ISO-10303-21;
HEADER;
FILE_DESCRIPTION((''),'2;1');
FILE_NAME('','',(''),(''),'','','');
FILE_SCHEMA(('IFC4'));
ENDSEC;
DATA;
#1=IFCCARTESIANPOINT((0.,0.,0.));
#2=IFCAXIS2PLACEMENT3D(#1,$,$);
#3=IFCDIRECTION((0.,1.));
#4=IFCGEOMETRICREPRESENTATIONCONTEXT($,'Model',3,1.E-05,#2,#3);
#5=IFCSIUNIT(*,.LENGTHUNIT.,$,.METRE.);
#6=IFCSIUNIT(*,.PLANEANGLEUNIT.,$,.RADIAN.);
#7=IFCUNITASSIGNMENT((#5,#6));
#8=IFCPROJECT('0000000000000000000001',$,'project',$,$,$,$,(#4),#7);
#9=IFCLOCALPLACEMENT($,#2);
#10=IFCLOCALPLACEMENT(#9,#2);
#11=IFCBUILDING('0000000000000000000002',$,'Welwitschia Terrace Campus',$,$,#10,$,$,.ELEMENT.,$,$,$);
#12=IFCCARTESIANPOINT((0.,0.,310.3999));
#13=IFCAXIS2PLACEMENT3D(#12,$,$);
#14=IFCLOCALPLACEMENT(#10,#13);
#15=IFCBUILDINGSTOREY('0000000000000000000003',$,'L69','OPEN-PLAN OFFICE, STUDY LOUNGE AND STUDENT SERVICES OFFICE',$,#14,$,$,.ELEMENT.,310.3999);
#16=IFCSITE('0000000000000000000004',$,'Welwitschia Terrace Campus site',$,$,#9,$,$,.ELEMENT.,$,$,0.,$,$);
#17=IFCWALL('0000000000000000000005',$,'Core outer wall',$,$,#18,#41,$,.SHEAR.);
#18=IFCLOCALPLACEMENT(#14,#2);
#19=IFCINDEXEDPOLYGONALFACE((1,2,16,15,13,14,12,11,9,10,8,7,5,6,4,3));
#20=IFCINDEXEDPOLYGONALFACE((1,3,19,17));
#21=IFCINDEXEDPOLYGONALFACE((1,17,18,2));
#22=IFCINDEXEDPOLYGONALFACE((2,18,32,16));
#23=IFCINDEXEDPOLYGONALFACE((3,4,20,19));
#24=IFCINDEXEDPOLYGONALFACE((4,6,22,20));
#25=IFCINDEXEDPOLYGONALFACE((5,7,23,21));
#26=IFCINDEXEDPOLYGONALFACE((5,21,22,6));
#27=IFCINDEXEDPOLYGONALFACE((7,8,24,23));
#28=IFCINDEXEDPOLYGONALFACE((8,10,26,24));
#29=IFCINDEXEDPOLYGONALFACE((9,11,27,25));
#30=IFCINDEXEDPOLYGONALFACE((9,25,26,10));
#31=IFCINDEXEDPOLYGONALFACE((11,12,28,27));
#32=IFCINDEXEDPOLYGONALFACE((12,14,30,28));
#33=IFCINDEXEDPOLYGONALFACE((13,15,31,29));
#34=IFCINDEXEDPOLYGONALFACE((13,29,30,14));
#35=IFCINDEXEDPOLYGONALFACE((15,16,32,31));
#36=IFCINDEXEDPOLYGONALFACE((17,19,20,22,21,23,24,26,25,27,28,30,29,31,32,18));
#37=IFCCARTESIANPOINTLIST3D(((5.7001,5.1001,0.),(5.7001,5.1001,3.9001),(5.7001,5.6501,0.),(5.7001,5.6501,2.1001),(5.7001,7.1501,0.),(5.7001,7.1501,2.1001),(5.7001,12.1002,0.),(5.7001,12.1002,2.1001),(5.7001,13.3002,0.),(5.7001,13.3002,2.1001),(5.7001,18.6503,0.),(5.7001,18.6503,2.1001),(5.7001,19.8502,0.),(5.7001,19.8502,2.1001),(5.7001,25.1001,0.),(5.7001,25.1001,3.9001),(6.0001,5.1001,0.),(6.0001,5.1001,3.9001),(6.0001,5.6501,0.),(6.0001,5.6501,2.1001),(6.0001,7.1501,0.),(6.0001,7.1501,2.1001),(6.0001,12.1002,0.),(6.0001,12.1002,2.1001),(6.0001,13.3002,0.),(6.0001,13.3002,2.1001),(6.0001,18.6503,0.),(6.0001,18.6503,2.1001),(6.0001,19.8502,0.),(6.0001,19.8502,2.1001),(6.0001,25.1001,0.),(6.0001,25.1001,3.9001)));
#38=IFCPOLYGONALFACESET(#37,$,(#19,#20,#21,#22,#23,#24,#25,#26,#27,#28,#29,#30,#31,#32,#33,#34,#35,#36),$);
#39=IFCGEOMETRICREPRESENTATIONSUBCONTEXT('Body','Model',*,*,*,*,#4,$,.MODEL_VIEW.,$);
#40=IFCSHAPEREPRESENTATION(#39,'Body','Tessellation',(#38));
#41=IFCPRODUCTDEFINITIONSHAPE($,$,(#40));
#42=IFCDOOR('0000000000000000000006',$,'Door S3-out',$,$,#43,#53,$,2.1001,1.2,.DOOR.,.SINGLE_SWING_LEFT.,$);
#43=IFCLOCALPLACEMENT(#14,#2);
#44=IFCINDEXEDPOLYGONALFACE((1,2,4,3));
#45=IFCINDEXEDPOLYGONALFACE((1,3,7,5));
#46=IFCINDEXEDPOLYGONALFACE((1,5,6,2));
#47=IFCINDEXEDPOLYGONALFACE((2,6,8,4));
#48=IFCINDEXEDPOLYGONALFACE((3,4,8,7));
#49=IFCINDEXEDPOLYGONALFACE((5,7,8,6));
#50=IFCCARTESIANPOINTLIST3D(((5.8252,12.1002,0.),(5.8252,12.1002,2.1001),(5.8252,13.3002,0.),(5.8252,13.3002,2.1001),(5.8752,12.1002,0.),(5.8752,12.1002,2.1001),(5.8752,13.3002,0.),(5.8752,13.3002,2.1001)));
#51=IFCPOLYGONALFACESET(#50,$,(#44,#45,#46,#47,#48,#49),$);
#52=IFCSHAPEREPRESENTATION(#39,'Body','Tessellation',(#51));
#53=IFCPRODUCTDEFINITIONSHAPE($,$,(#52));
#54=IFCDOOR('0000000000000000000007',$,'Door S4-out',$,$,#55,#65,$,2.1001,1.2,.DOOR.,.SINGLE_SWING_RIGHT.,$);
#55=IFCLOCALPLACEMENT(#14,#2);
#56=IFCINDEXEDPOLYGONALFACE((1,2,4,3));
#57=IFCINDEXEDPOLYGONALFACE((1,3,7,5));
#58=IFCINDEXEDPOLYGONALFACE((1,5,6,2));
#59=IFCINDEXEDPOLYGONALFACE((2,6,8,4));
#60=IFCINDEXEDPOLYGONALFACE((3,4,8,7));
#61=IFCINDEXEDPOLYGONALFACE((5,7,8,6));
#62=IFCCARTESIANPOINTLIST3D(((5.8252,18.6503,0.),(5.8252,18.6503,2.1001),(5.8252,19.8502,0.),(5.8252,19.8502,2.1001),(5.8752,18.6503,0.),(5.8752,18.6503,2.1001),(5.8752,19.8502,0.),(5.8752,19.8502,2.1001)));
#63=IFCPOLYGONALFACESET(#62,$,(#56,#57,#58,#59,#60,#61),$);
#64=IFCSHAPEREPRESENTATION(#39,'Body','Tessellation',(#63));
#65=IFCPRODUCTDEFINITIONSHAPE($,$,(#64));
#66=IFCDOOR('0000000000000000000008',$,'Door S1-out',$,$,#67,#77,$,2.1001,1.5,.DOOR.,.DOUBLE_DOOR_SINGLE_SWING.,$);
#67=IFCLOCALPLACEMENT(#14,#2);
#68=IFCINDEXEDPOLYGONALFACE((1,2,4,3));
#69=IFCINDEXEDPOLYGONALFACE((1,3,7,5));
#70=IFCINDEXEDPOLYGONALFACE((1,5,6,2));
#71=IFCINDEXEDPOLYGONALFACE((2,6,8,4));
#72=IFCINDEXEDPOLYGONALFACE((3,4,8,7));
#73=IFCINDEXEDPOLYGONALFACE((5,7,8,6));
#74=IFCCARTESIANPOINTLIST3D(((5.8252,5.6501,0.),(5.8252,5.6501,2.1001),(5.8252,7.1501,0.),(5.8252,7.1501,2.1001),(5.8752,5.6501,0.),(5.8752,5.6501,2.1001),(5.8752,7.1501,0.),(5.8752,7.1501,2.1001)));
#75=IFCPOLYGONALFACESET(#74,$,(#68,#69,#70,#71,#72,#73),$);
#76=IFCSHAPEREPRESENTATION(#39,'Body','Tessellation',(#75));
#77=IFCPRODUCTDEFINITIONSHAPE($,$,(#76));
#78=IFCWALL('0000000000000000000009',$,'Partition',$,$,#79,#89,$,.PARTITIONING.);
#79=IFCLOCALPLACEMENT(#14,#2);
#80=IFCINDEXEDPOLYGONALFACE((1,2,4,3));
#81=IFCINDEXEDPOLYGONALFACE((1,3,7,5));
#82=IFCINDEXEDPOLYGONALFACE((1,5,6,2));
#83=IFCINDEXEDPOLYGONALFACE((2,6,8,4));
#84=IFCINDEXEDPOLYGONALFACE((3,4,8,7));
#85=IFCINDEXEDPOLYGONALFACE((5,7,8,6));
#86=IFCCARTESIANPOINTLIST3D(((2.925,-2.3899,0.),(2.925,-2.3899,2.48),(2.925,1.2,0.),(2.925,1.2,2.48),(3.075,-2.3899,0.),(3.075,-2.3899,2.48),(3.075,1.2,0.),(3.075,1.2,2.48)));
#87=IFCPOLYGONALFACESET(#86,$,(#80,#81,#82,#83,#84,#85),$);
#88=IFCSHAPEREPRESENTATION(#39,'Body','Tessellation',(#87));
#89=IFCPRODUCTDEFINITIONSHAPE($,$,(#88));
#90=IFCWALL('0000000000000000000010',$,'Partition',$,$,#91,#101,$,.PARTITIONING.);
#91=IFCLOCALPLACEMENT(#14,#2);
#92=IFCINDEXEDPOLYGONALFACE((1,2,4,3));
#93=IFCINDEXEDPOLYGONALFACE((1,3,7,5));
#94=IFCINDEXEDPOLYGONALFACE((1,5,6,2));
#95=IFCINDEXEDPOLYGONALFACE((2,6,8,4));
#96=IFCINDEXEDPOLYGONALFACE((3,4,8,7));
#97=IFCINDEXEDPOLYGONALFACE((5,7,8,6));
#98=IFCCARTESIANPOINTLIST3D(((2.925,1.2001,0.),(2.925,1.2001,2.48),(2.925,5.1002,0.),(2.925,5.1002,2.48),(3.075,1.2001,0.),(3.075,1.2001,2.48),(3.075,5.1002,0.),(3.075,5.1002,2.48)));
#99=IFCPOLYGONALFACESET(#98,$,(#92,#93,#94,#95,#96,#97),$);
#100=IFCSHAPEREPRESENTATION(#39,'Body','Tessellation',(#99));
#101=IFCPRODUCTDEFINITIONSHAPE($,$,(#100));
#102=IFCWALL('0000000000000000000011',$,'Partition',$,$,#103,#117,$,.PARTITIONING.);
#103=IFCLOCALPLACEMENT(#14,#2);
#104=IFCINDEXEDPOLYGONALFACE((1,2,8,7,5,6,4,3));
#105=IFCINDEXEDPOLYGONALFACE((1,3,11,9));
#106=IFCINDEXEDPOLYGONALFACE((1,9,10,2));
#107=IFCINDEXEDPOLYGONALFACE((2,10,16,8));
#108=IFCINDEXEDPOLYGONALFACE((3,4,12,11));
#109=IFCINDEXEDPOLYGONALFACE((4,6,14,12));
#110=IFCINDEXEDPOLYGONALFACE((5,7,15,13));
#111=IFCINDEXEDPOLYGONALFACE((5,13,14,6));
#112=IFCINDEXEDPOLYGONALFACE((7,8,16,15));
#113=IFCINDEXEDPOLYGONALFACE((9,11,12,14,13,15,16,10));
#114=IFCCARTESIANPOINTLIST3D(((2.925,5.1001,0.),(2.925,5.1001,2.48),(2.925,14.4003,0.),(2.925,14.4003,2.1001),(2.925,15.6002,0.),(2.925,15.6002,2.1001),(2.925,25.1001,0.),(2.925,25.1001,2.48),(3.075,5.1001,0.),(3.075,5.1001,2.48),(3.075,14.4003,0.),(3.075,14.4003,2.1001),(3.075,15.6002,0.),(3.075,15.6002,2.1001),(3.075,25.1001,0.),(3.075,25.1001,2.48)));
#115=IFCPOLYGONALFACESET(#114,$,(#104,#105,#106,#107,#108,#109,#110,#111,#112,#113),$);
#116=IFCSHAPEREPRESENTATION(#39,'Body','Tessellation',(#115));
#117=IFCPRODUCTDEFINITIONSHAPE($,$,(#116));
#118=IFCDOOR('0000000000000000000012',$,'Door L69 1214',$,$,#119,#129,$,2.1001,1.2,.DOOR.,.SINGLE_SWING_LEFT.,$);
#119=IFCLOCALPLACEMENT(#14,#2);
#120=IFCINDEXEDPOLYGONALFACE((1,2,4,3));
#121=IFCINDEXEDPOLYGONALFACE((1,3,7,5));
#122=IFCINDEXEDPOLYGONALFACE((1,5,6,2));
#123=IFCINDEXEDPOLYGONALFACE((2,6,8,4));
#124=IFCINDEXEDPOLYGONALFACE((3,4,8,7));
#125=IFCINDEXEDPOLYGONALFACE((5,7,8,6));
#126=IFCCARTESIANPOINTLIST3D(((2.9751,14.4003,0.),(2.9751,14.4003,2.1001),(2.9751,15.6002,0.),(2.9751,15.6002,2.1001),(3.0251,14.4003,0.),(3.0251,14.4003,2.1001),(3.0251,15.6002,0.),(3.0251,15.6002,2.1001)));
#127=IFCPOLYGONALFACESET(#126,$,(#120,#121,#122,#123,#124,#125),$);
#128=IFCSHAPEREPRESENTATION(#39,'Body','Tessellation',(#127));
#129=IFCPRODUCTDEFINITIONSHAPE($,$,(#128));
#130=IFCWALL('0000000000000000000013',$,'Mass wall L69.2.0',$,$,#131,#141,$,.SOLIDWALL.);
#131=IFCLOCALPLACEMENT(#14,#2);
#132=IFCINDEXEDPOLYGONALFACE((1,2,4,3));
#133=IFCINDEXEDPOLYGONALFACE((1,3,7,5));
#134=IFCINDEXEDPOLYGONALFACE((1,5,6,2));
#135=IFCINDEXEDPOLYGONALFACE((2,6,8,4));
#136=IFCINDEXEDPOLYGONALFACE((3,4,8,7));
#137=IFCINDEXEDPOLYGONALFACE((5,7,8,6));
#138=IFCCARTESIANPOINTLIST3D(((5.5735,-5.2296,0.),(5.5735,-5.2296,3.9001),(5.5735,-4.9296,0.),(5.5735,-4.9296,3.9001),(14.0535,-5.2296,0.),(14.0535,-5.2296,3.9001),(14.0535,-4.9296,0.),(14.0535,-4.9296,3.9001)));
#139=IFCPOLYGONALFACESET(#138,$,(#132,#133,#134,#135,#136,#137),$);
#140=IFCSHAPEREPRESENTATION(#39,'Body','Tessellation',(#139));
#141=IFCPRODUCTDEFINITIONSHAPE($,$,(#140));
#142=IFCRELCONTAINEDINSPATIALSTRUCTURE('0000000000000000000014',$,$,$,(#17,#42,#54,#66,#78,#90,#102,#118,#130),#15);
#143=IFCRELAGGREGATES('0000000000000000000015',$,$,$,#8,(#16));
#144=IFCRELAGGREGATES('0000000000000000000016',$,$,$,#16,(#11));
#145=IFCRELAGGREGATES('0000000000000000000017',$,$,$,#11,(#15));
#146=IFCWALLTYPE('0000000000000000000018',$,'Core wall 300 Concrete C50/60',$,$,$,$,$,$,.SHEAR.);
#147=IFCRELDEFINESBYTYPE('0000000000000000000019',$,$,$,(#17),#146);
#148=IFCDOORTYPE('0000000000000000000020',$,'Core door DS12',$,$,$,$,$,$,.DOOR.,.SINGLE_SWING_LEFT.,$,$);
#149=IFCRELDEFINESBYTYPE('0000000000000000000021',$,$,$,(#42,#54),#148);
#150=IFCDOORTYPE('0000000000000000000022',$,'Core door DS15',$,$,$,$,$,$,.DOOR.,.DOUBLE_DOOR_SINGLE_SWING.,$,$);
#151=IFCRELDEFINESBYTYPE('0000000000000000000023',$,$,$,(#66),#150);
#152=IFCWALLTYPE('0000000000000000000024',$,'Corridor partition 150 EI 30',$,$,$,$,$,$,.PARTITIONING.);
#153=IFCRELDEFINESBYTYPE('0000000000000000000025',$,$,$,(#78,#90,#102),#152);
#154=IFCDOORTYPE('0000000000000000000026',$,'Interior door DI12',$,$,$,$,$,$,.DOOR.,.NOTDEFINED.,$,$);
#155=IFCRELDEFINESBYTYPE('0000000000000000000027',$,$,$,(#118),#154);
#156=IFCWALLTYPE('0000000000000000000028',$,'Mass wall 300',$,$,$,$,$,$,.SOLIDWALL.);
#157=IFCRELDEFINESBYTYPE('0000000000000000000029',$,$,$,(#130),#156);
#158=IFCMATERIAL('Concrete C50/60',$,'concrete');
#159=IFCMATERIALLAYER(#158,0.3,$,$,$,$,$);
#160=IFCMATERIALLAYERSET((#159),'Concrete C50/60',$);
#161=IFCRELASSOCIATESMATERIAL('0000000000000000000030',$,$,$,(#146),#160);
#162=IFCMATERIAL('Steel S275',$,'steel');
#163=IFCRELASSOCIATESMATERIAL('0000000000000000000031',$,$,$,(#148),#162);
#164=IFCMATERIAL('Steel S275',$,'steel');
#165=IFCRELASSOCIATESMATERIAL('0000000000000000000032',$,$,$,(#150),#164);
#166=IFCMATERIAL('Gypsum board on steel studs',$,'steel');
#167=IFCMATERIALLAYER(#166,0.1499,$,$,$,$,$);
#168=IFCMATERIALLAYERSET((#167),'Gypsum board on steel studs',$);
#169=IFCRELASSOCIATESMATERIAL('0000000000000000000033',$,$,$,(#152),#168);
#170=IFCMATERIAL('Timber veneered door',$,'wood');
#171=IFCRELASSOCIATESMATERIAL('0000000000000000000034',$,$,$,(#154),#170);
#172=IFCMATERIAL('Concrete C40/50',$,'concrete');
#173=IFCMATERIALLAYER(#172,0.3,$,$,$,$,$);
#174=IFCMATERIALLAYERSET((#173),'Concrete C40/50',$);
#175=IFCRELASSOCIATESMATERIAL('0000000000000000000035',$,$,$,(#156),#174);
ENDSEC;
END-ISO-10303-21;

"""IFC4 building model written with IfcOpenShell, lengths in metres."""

from ifc_helpers import new_model, si_unit, direction, frame, frame_2d, origin, place, context, subcontext, project, spatial, rectangle, extrude, material, layer, layer_set, type_object, element, fill, save


model = new_model("IFC4")

# Units and contexts
model_context = context("Model", 3, precision=1e-05, world=origin(), true_north=direction((0.0, 1.0)))
body_context = subcontext(model_context, "Body", "Model", "MODEL_VIEW")
ifc_project = project(units=[si_unit("LENGTHUNIT", "METRE"), si_unit("PLANEANGLEUNIT", "RADIAN")], contexts=[model_context])

# Site, building, storey
site_placement = place(None, origin())
site = spatial("IfcSite", under=ifc_project, at=site_placement, Name="Welwitschia Terrace Campus site", CompositionType="ELEMENT", RefElevation=0.0)
building_placement = place(site_placement, origin())
building = spatial("IfcBuilding", under=site, at=building_placement, Name="Welwitschia Terrace Campus", CompositionType="ELEMENT")
storey_placement = place(building_placement, frame((0.0, 0.0, 310.3999)))
storey = spatial("IfcBuildingStorey", under=building, at=storey_placement, Name="L69", Description="OPEN-PLAN OFFICE, STUDY LOUNGE AND STUDENT SERVICES OFFICE", CompositionType="ELEMENT", Elevation=310.3999)

# Wall, openings, doors
ifc_material_1 = material(Name="Concrete C50/60", Category="concrete")
ifc_layer_1 = layer(ifc_material_1, 0.3)
ifc_layer_set_1 = layer_set([ifc_layer_1], Name="Concrete C50/60")
wall_type_1 = type_object("IfcWallType", Name="Core wall 300 Concrete C50/60", PredefinedType="SHEAR", material=ifc_layer_set_1)
wall_1_placement = place(storey_placement, frame((5.8501, 5.1001, 0.0), z_axis=(0.0, 0.0, 1.0), x_axis=(0.0, 1.0, 0.0)))
wall_1 = element("IfcWall", 1, at=wall_1_placement, inside=storey, type_object=wall_type_1, Name="Core outer wall", PredefinedType="SHEAR", context=body_context, shape_type="SweptSolid", body=[
    extrude(rectangle(XDim=20.0, YDim=0.3, at=frame_2d((10.0, 0.0))), origin(), (0.0, 0.0, 1.0), 3.9001),
])
opening_1_placement = place(wall_1_placement, frame((0.55, 0.0, 0.0)))
opening_1 = element("IfcOpeningElement", 2, at=opening_1_placement, cuts=wall_1, PredefinedType="OPENING", context=body_context, shape_type="SweptSolid", body=[
    extrude(rectangle(XDim=1.5, YDim=2.1001, at=frame_2d((0.75, 1.05))), frame((0.0, 0.1599, 0.0), z_axis=(0.0, -1.0, 0.0), x_axis=(1.0, 0.0, 0.0)), (0.0, 0.0, 1.0), 0.3201),
])
opening_2_placement = place(wall_1_placement, frame((7.0, 0.0, 0.0)))
opening_2 = element("IfcOpeningElement", 3, at=opening_2_placement, cuts=wall_1, PredefinedType="OPENING", context=body_context, shape_type="SweptSolid", body=[
    extrude(rectangle(XDim=1.2, YDim=2.1001, at=frame_2d((0.6001, 1.05))), frame((0.0, 0.1599, 0.0), z_axis=(0.0, -1.0, 0.0), x_axis=(1.0, 0.0, 0.0)), (0.0, 0.0, 1.0), 0.3201),
])
opening_3_placement = place(wall_1_placement, frame((13.55, 0.0, 0.0)))
opening_3 = element("IfcOpeningElement", 4, at=opening_3_placement, cuts=wall_1, PredefinedType="OPENING", context=body_context, shape_type="SweptSolid", body=[
    extrude(rectangle(XDim=1.2, YDim=2.1001, at=frame_2d((0.6001, 1.05))), frame((0.0, 0.1599, 0.0), z_axis=(0.0, -1.0, 0.0), x_axis=(1.0, 0.0, 0.0)), (0.0, 0.0, 1.0), 0.3201),
])
ifc_material_2 = material(Name="Steel S275", Category="steel")
door_type_1 = type_object("IfcDoorType", Name="Core door DS12", OperationType="SINGLE_SWING_LEFT", PredefinedType="DOOR", material=ifc_material_2)
door_1_placement = place(opening_2_placement, origin())
door_1 = element("IfcDoor", 5, at=door_1_placement, inside=storey, type_object=door_type_1, Name="Door S3-out", OperationType="SINGLE_SWING_LEFT", OverallHeight=2.1001, OverallWidth=1.2, PredefinedType="DOOR", context=body_context, shape_type="SweptSolid", body=[
    extrude(rectangle(XDim=1.2, YDim=2.1001, at=frame_2d((0.6001, 1.05))), frame((0.0, 0.0249, 0.0), z_axis=(0.0, -1.0, 0.0), x_axis=(1.0, 0.0, 0.0)), (0.0, 0.0, 1.0), 0.05),
])
fill(opening_2, door_1)
door_2_placement = place(opening_3_placement, origin())
door_2 = element("IfcDoor", 6, at=door_2_placement, inside=storey, type_object=door_type_1, Name="Door S4-out", OperationType="SINGLE_SWING_RIGHT", OverallHeight=2.1001, OverallWidth=1.2, PredefinedType="DOOR", context=body_context, shape_type="SweptSolid", body=[
    extrude(rectangle(XDim=1.2, YDim=2.1001, at=frame_2d((0.6001, 1.05))), frame((0.0, 0.0249, 0.0), z_axis=(0.0, -1.0, 0.0), x_axis=(1.0, 0.0, 0.0)), (0.0, 0.0, 1.0), 0.05),
])
fill(opening_3, door_2)
ifc_material_3 = material(Name="Steel S275", Category="steel")
door_type_2 = type_object("IfcDoorType", Name="Core door DS15", OperationType="DOUBLE_DOOR_SINGLE_SWING", PredefinedType="DOOR", material=ifc_material_3)
door_3_placement = place(opening_1_placement, origin())
door_3 = element("IfcDoor", 7, at=door_3_placement, inside=storey, type_object=door_type_2, Name="Door S1-out", OperationType="DOUBLE_DOOR_SINGLE_SWING", OverallHeight=2.1001, OverallWidth=1.5, PredefinedType="DOOR", context=body_context, shape_type="SweptSolid", body=[
    extrude(rectangle(XDim=1.5, YDim=2.1001, at=frame_2d((0.75, 1.05))), frame((0.0, 0.0249, 0.0), z_axis=(0.0, -1.0, 0.0), x_axis=(1.0, 0.0, 0.0)), (0.0, 0.0, 1.0), 0.05),
])
fill(opening_1, door_3)

# Walls
ifc_material_4 = material(Name="Gypsum board on steel studs", Category="steel")
ifc_layer_2 = layer(ifc_material_4, 0.1499)
ifc_layer_set_2 = layer_set([ifc_layer_2], Name="Gypsum board on steel studs")
wall_type_2 = type_object("IfcWallType", Name="Corridor partition 150 EI 30", PredefinedType="PARTITIONING", material=ifc_layer_set_2)
wall_2_placement = place(storey_placement, frame((3.0, -2.3899, 0.0), z_axis=(0.0, 0.0, 1.0), x_axis=(0.0, 1.0, 0.0)))
element("IfcWall", 8, at=wall_2_placement, inside=storey, type_object=wall_type_2, Name="Partition", PredefinedType="PARTITIONING", context=body_context, shape_type="SweptSolid", body=[
    extrude(rectangle(XDim=3.5898, YDim=0.1499, at=frame_2d((1.7949, 0.0))), origin(), (0.0, 0.0, 1.0), 2.48),
])
wall_3_placement = place(storey_placement, frame((3.0, 1.2, 0.0), z_axis=(0.0, 0.0, 1.0), x_axis=(0.0, 1.0, 0.0)))
element("IfcWall", 9, at=wall_3_placement, inside=storey, type_object=wall_type_2, Name="Partition", PredefinedType="PARTITIONING", context=body_context, shape_type="SweptSolid", body=[
    extrude(rectangle(XDim=3.9001, YDim=0.1499, at=frame_2d((1.9502, 0.0))), origin(), (0.0, 0.0, 1.0), 2.48),
])

# Wall, opening, door
wall_4_placement = place(storey_placement, frame((3.0, 5.1001, 0.0), z_axis=(0.0, 0.0, 1.0), x_axis=(0.0, 1.0, 0.0)))
wall_4 = element("IfcWall", 10, at=wall_4_placement, inside=storey, type_object=wall_type_2, Name="Partition", PredefinedType="PARTITIONING", context=body_context, shape_type="SweptSolid", body=[
    extrude(rectangle(XDim=20.0, YDim=0.1499, at=frame_2d((10.0, 0.0))), origin(), (0.0, 0.0, 1.0), 2.48),
])
opening_4_placement = place(wall_4_placement, frame((9.3, 0.0, 0.0)))
opening_4 = element("IfcOpeningElement", 11, at=opening_4_placement, cuts=wall_4, PredefinedType="OPENING", context=body_context, shape_type="SweptSolid", body=[
    extrude(rectangle(XDim=1.2, YDim=2.1001, at=frame_2d((0.6001, 1.05))), frame((0.0, 0.085, 0.0), z_axis=(0.0, -1.0, 0.0), x_axis=(1.0, 0.0, 0.0)), (0.0, 0.0, 1.0), 0.1699),
])
ifc_material_5 = material(Name="Timber veneered door", Category="wood")
door_type_3 = type_object("IfcDoorType", Name="Interior door DI12", OperationType="NOTDEFINED", PredefinedType="DOOR", material=ifc_material_5)
door_4_placement = place(opening_4_placement, origin())
door_4 = element("IfcDoor", 12, at=door_4_placement, inside=storey, type_object=door_type_3, Name="Door L69 1214", OperationType="SINGLE_SWING_LEFT", OverallHeight=2.1001, OverallWidth=1.2, PredefinedType="DOOR", context=body_context, shape_type="SweptSolid", body=[
    extrude(rectangle(XDim=1.2, YDim=2.1001, at=frame_2d((0.6001, 1.05))), frame((0.0, 0.0249, 0.0), z_axis=(0.0, -1.0, 0.0), x_axis=(1.0, 0.0, 0.0)), (0.0, 0.0, 1.0), 0.05),
])
fill(opening_4, door_4)

# Wall
ifc_material_6 = material(Name="Concrete C40/50", Category="concrete")
ifc_layer_3 = layer(ifc_material_6, 0.3)
ifc_layer_set_3 = layer_set([ifc_layer_3], Name="Concrete C40/50")
wall_type_3 = type_object("IfcWallType", Name="Mass wall 300", PredefinedType="SOLIDWALL", material=ifc_layer_set_3)
wall_5_placement = place(storey_placement, frame((5.5735, -5.0796, 0.0), z_axis=(0.0, 0.0, 1.0), x_axis=(1.0, 0.0, 0.0)))
element("IfcWall", 13, at=wall_5_placement, inside=storey, type_object=wall_type_3, Name="Mass wall L69.2.0", PredefinedType="SOLIDWALL", context=body_context, shape_type="SweptSolid", body=[
    extrude(rectangle(XDim=8.48, YDim=0.3, at=frame_2d((4.24, 0.0))), origin(), (0.0, 0.0, 1.0), 3.9001),
])

save(model, "model.ifc")
